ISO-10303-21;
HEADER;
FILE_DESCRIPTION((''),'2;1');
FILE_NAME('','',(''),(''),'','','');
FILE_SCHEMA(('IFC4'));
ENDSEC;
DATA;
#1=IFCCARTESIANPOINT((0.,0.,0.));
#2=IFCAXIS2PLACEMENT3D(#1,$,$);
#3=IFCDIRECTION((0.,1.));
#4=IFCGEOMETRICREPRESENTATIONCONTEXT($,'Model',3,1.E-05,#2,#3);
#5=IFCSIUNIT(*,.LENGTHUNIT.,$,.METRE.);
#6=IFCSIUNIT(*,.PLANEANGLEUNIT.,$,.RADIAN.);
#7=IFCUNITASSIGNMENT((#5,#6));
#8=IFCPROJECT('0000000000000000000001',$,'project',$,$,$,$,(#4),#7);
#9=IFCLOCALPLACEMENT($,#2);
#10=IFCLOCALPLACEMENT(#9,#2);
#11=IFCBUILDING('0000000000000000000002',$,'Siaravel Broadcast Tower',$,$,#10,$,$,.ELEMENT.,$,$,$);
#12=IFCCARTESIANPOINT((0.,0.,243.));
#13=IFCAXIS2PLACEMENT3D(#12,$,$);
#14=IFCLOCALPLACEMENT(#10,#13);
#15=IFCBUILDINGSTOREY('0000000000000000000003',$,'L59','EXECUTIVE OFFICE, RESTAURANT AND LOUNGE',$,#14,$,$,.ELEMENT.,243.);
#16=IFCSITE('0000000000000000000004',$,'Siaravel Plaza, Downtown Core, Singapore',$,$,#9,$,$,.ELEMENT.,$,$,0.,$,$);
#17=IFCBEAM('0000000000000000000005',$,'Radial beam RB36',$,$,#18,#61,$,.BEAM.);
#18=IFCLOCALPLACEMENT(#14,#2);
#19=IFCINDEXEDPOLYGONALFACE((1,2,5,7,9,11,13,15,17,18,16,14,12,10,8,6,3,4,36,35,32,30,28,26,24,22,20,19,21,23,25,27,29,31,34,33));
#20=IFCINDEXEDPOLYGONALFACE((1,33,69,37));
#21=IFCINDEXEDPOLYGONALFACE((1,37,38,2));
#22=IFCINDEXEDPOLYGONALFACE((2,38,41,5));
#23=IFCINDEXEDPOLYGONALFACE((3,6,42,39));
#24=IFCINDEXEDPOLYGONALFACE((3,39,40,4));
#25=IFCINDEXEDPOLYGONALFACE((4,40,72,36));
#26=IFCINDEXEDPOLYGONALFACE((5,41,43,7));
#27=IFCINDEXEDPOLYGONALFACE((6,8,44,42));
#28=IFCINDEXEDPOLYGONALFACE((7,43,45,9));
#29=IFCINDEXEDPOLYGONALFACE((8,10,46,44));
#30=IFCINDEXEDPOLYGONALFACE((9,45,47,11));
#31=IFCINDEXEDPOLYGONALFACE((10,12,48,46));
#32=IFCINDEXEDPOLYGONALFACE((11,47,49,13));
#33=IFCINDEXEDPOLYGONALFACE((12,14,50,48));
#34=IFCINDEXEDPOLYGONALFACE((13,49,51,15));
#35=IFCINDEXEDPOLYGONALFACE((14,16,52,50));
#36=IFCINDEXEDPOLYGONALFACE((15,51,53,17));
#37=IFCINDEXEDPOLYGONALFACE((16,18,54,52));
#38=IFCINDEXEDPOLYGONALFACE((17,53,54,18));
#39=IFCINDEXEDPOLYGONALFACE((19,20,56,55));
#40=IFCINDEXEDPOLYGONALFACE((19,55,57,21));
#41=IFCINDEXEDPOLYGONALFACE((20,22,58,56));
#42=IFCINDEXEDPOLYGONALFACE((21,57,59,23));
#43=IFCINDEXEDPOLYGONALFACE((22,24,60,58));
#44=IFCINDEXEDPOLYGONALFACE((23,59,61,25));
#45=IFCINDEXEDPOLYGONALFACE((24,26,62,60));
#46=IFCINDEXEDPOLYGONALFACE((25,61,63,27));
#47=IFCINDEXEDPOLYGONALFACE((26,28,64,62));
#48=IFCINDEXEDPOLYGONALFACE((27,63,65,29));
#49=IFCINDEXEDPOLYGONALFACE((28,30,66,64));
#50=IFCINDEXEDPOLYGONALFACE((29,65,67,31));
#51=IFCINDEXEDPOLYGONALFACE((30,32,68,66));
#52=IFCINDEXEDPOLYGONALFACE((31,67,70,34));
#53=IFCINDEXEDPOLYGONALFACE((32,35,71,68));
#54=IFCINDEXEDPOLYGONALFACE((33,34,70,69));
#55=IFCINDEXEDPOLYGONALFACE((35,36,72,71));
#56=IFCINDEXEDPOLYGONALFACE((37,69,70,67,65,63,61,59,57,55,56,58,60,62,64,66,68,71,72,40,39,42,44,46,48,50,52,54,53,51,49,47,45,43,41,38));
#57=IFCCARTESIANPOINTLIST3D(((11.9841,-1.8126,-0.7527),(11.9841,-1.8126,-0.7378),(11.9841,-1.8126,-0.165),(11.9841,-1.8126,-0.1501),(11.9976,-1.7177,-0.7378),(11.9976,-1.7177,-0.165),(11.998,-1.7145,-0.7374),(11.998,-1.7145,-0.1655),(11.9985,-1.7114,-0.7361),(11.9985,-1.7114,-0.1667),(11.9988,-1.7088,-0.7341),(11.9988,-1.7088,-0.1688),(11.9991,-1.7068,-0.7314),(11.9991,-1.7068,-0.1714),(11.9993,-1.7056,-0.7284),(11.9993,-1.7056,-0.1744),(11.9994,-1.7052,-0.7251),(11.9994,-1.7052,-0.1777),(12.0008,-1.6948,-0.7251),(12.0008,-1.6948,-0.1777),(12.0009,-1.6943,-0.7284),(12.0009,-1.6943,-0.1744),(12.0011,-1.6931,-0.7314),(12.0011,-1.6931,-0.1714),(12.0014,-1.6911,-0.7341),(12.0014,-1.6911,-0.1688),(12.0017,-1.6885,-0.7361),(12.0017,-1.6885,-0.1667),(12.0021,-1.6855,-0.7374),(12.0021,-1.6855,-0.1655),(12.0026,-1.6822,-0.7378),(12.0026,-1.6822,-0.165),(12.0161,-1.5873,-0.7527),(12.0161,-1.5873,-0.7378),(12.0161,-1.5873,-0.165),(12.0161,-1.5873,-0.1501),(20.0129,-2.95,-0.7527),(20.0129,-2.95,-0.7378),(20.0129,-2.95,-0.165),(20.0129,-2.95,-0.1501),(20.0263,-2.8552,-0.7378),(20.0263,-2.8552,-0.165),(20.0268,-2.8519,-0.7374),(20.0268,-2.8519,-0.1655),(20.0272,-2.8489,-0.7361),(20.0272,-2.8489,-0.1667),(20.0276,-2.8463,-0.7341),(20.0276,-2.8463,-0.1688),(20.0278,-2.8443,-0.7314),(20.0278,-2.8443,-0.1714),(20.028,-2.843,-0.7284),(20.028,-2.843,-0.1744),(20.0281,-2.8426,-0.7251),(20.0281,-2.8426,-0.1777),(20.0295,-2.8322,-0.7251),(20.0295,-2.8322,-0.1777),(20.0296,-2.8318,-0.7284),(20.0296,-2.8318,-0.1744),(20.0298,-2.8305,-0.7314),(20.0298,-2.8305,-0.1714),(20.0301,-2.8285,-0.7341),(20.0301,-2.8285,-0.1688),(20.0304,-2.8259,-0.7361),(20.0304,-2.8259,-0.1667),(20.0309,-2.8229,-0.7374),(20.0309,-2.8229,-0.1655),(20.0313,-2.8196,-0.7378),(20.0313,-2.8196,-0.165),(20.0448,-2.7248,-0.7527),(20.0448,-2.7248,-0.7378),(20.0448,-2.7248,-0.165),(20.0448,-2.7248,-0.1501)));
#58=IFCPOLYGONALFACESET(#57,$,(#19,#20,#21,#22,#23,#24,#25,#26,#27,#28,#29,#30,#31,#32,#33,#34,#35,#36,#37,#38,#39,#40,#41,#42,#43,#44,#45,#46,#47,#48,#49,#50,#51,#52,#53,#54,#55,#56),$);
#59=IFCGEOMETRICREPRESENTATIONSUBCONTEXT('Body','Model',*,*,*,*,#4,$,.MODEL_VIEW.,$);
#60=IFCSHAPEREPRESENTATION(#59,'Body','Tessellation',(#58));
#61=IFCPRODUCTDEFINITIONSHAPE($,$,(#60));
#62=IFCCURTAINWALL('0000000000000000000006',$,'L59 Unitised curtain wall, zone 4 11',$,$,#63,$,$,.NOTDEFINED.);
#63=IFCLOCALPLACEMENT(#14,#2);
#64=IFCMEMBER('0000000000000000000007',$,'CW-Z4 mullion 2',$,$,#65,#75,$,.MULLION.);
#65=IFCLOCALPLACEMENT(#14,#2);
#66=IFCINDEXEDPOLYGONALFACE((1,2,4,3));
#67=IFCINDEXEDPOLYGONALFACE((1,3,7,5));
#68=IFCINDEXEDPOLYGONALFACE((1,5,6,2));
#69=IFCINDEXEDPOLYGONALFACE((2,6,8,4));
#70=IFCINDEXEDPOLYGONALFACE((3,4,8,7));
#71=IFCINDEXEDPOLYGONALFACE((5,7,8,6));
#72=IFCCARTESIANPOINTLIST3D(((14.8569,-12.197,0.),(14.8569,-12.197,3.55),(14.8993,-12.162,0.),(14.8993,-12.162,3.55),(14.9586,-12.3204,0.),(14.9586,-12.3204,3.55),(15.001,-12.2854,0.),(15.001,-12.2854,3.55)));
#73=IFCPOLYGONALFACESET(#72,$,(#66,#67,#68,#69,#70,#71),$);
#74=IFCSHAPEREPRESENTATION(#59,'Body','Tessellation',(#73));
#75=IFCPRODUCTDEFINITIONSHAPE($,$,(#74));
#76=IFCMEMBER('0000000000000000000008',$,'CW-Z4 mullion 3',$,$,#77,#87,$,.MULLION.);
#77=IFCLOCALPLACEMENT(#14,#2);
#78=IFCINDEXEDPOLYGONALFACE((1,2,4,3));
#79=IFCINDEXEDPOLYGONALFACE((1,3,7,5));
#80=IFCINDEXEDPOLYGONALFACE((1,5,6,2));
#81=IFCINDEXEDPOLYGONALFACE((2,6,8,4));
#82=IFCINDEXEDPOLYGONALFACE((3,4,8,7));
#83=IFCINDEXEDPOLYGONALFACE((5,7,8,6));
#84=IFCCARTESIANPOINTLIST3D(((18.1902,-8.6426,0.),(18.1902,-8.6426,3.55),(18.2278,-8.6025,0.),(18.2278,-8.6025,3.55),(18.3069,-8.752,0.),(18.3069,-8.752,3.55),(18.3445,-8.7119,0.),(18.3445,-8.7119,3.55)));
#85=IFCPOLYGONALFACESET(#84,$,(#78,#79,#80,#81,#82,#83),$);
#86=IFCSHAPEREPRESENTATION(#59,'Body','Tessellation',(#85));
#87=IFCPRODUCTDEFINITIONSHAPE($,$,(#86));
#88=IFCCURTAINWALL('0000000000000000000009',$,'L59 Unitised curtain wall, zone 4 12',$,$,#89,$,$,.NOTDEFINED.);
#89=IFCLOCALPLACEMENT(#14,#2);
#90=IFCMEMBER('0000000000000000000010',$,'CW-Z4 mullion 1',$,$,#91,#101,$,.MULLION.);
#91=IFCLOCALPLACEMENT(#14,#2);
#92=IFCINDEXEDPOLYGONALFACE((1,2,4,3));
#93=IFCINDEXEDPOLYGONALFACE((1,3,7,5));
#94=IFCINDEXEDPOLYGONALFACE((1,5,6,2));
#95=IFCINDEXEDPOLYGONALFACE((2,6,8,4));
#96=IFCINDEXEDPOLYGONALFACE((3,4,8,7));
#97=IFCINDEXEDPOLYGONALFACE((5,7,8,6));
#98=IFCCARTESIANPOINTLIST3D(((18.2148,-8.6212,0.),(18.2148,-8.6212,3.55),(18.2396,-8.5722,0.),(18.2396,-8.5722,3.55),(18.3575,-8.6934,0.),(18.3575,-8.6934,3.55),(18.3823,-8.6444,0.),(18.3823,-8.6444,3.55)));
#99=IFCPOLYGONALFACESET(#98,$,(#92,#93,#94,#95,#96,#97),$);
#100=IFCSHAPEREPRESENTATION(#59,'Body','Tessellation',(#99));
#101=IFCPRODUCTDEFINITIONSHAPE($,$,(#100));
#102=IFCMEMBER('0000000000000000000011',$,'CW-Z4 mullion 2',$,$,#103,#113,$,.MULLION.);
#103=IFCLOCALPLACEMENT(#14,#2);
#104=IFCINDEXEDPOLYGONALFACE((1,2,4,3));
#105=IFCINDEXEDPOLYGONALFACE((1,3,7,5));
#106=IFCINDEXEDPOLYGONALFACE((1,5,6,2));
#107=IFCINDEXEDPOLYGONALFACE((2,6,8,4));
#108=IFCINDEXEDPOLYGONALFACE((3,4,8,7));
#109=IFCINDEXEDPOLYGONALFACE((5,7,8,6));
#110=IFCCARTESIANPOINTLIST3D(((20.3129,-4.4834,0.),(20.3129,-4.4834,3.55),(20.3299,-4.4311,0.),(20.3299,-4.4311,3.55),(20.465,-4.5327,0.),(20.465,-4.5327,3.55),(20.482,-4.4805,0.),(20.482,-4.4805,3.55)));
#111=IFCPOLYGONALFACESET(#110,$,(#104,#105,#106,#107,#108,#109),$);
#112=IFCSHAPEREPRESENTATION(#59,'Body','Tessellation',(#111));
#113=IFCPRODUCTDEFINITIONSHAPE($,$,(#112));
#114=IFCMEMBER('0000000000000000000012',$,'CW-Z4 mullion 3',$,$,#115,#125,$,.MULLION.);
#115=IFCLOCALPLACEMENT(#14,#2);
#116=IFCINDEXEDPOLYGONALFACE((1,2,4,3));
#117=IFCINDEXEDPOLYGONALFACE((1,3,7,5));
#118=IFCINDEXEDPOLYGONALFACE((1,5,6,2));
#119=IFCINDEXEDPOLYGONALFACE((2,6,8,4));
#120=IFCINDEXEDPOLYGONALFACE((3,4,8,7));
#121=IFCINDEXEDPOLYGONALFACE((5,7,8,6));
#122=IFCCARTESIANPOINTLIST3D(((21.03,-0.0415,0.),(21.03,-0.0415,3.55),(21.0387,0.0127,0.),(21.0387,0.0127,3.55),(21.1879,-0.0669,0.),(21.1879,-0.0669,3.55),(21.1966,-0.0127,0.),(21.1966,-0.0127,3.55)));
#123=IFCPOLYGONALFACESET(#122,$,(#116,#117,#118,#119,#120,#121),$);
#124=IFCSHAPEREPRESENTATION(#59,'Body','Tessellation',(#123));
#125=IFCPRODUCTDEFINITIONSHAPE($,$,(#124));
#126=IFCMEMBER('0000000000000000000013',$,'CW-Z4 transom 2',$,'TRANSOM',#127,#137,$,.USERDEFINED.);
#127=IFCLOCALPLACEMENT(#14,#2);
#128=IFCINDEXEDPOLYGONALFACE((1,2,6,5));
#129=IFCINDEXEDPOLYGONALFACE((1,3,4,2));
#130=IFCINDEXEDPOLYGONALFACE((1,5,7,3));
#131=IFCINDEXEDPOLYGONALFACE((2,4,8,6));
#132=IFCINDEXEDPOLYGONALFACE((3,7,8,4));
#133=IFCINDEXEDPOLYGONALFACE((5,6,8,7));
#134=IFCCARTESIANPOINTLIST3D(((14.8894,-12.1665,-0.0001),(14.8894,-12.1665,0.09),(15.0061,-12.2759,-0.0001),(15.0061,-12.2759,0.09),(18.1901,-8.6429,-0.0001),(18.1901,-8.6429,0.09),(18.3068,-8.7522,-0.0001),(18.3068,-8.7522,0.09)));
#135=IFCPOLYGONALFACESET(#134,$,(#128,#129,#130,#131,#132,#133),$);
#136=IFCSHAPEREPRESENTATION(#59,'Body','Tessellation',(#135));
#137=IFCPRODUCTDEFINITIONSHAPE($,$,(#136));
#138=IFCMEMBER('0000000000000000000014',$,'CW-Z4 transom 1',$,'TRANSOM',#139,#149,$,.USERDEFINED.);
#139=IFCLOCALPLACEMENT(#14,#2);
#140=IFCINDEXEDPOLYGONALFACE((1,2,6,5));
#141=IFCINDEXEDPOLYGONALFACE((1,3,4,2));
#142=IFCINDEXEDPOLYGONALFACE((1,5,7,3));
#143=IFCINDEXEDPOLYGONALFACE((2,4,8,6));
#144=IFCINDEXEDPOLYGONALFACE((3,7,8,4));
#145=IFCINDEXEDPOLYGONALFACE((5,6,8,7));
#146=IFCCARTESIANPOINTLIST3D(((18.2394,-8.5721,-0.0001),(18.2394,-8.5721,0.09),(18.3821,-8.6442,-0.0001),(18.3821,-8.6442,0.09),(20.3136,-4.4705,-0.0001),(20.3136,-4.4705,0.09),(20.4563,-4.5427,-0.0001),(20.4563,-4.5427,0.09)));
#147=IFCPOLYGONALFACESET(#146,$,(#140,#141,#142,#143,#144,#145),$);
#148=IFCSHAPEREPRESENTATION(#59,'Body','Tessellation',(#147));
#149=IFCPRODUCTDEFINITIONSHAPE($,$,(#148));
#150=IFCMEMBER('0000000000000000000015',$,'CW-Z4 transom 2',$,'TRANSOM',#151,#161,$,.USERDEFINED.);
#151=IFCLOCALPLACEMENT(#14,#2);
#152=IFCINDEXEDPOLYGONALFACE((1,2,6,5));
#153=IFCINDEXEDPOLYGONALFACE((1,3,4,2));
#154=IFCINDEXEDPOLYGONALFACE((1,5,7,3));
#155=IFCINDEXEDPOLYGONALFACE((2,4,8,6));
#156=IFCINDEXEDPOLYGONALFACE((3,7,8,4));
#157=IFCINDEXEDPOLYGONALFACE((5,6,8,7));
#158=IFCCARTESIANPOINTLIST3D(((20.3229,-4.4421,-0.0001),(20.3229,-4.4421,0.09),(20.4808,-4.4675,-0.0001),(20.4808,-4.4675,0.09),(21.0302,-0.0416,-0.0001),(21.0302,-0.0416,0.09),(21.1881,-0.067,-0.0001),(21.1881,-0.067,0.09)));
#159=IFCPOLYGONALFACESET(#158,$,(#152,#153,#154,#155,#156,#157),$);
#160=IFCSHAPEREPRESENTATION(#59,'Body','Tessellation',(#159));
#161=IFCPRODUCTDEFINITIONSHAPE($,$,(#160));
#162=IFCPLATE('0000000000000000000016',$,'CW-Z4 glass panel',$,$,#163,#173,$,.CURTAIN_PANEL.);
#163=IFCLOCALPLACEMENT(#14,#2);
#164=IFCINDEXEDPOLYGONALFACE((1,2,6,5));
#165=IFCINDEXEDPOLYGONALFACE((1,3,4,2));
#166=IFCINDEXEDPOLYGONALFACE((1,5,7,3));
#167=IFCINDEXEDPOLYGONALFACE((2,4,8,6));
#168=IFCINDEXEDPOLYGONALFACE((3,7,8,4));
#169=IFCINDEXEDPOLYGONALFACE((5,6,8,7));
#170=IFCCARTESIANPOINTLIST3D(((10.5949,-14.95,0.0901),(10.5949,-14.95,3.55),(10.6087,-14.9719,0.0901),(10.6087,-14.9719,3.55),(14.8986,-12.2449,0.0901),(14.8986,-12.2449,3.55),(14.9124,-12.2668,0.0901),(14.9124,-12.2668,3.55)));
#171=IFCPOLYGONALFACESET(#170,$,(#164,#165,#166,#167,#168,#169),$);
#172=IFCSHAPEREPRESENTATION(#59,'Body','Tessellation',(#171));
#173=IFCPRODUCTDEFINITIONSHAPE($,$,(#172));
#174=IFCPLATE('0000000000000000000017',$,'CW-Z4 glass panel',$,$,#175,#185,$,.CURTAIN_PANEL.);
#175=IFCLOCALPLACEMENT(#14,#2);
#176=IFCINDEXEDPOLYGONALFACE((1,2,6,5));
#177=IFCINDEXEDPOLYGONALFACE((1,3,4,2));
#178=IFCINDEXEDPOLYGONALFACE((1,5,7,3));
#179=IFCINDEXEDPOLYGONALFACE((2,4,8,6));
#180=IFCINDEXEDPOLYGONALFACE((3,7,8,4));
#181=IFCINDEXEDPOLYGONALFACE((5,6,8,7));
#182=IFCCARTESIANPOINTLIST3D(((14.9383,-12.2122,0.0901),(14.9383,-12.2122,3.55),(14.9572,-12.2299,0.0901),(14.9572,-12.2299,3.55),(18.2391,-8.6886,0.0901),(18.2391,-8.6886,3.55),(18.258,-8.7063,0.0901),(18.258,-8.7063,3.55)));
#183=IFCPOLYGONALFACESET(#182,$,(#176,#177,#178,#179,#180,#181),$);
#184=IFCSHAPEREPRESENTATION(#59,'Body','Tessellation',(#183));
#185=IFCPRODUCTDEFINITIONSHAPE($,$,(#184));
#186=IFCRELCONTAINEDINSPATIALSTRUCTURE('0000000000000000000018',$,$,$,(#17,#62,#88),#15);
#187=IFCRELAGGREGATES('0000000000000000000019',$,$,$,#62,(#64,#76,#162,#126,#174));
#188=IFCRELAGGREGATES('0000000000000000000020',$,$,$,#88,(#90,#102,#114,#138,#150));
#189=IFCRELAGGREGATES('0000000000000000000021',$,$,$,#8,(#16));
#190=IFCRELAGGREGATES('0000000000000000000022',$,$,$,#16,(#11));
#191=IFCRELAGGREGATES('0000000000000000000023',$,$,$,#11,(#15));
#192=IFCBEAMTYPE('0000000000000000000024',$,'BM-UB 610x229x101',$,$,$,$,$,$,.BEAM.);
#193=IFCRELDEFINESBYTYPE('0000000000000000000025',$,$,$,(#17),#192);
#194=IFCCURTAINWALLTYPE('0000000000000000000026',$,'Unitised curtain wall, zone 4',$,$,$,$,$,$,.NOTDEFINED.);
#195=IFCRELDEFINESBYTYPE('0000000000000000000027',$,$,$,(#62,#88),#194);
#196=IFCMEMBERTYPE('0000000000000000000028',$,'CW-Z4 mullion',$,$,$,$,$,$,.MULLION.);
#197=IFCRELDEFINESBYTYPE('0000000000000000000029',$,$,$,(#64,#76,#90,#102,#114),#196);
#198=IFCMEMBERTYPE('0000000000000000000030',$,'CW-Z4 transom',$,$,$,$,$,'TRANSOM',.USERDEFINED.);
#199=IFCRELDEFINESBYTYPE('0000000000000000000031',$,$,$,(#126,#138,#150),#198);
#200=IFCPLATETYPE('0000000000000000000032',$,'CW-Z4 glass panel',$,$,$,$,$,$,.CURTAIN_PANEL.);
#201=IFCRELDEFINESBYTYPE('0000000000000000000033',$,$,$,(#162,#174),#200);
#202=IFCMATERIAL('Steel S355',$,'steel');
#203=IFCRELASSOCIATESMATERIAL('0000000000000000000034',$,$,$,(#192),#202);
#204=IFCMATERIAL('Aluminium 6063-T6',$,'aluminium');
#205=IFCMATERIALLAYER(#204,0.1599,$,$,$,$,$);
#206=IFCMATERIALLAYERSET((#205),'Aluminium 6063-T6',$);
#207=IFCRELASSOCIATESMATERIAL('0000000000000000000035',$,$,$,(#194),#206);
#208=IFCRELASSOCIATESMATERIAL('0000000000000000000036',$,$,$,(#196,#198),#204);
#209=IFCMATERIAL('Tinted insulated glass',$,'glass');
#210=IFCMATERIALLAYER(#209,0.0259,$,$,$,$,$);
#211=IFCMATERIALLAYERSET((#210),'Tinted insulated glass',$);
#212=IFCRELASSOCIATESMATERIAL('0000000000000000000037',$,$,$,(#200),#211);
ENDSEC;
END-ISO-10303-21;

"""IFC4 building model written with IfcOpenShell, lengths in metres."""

from ifc_helpers import new_model, si_unit, direction, frame, origin, origin_2d, place, context, subcontext, project, spatial, rectangle, i_section, extrude, material, layer, layer_set, material_profile, profile_set, type_object, element, aggregate, save


model = new_model("IFC4")

# Units and contexts
model_context = context("Model", 3, precision=1e-05, world=origin(), true_north=direction((0.0, 1.0)))
body_context = subcontext(model_context, "Body", "Model", "MODEL_VIEW")
ifc_project = project(units=[si_unit("LENGTHUNIT", "METRE"), si_unit("PLANEANGLEUNIT", "RADIAN")], contexts=[model_context])

# Site, building, storey
site_placement = place(None, origin())
site = spatial("IfcSite", under=ifc_project, at=site_placement, Name="Siaravel Plaza, Downtown Core, Singapore", CompositionType="ELEMENT", RefElevation=0.0)
building_placement = place(site_placement, origin())
building = spatial("IfcBuilding", under=site, at=building_placement, Name="Siaravel Broadcast Tower", CompositionType="ELEMENT")
storey_placement = place(building_placement, frame((0.0, 0.0, 243.0)))
storey = spatial("IfcBuildingStorey", under=building, at=storey_placement, Name="L59", Description="EXECUTIVE OFFICE, RESTAURANT AND LOUNGE", CompositionType="ELEMENT", Elevation=243.0)

# Beam
ifc_material_1 = material(Name="Steel S355", Category="steel")
ifc_material_profile_1 = material_profile(ifc_material_1, i_section(OverallWidth=0.2275, OverallDepth=0.6025, WebThickness=0.0105, FlangeThickness=0.0149, FilletRadius=0.0127, at=origin_2d()))
ifc_profile_set_1 = profile_set([ifc_material_profile_1], Name="Steel S355")
beam_type = type_object("IfcBeamType", Name="BM-UB 610x229x101", PredefinedType="BEAM", material=ifc_profile_set_1)
beam_1_placement = place(storey_placement, frame((20.0288, -2.8374, -0.4514), z_axis=(-0.990113, 0.140271, 0.0), x_axis=(-0.140271, -0.990113, 0.0)))
element("IfcBeam", 1, at=beam_1_placement, inside=storey, type_object=beam_type, Name="Radial beam RB36", PredefinedType="BEAM", context=body_context, shape_type="SweptSolid", body=[
    extrude(i_section(OverallWidth=0.2275, OverallDepth=0.6025, WebThickness=0.0105, FlangeThickness=0.0149, FilletRadius=0.0127, at=origin_2d()), origin(), (0.0, 0.0, 1.0), 8.1089),
])

# Curtain walls, members
ifc_material_2 = material(Name="Aluminium 6063-T6", Category="aluminium")
ifc_layer_1 = layer(ifc_material_2, 0.1599)
ifc_layer_set_1 = layer_set([ifc_layer_1], Name="Aluminium 6063-T6")
curtain_wall_type = type_object("IfcCurtainWallType", Name="Unitised curtain wall, zone 4", PredefinedType="NOTDEFINED", material=ifc_layer_set_1)
curtain_wall_1_placement = place(storey_placement, origin())
curtain_wall_1 = element("IfcCurtainWall", 2, at=curtain_wall_1_placement, inside=storey, type_object=curtain_wall_type, Name="L59 Unitised curtain wall, zone 4 11", PredefinedType="NOTDEFINED")
ifc_material_profile_2 = material_profile(ifc_material_2, rectangle(XDim=0.1599, YDim=0.0549, at=origin_2d()))
ifc_profile_set_2 = profile_set([ifc_material_profile_2], Name="Aluminium 6063-T6")
member_type_1 = type_object("IfcMemberType", Name="CW-Z4 mullion", PredefinedType="MULLION", material=ifc_profile_set_2)
member_1_placement = place(storey_placement, frame((14.929, -12.2412, 0.0), z_axis=(0.0, 0.0, 1.0), x_axis=(-0.63622, 0.771508, 0.0)))
member_1 = element("IfcMember", 3, at=member_1_placement, type_object=member_type_1, Name="CW-Z4 mullion 2", PredefinedType="MULLION", context=body_context, shape_type="SweptSolid", body=[
    extrude(rectangle(XDim=0.1599, YDim=0.0549, at=origin_2d()), origin(), (0.0, 0.0, 1.0), 3.55),
])
member_2_placement = place(storey_placement, frame((18.2673, -8.6772, 0.0), z_axis=(0.0, 0.0, 1.0), x_axis=(-0.729807, 0.683654, 0.0)))
member_2 = element("IfcMember", 4, at=member_2_placement, type_object=member_type_1, Name="CW-Z4 mullion 3", PredefinedType="MULLION", context=body_context, shape_type="SweptSolid", body=[
    extrude(rectangle(XDim=0.1599, YDim=0.0549, at=origin_2d()), origin(), (0.0, 0.0, 1.0), 3.55),
])
curtain_wall_2_placement = place(storey_placement, origin())
curtain_wall_2 = element("IfcCurtainWall", 5, at=curtain_wall_2_placement, inside=storey, type_object=curtain_wall_type, Name="L59 Unitised curtain wall, zone 4 12", PredefinedType="NOTDEFINED")
member_3_placement = place(storey_placement, frame((18.2986, -8.6328, 0.0), z_axis=(0.0, 0.0, 1.0), x_axis=(-0.892393, 0.451259, 0.0)))
member_3 = element("IfcMember", 6, at=member_3_placement, type_object=member_type_1, Name="CW-Z4 mullion 1", PredefinedType="MULLION", context=body_context, shape_type="SweptSolid", body=[
    extrude(rectangle(XDim=0.1599, YDim=0.0549, at=origin_2d()), origin(), (0.0, 0.0, 1.0), 3.55),
])
member_4_placement = place(storey_placement, frame((20.3975, -4.4819, 0.0), z_axis=(0.0, 0.0, 1.0), x_axis=(-0.951178, 0.308644, 0.0)))
member_4 = element("IfcMember", 7, at=member_4_placement, type_object=member_type_1, Name="CW-Z4 mullion 2", PredefinedType="MULLION", context=body_context, shape_type="SweptSolid", body=[
    extrude(rectangle(XDim=0.1599, YDim=0.0549, at=origin_2d()), origin(), (0.0, 0.0, 1.0), 3.55),
])
member_5_placement = place(storey_placement, frame((21.1133, -0.0271, 0.0), z_axis=(0.0, 0.0, 1.0), x_axis=(-0.987329, 0.158685, 0.0)))
member_5 = element("IfcMember", 8, at=member_5_placement, type_object=member_type_1, Name="CW-Z4 mullion 3", PredefinedType="MULLION", context=body_context, shape_type="SweptSolid", body=[
    extrude(rectangle(XDim=0.1599, YDim=0.0549, at=origin_2d()), origin(), (0.0, 0.0, 1.0), 3.55),
])

# Members
ifc_material_profile_3 = material_profile(ifc_material_2, rectangle(XDim=0.1599, YDim=0.0901, at=origin_2d()))
ifc_profile_set_3 = profile_set([ifc_material_profile_3], Name="Aluminium 6063-T6")
member_type_2 = type_object("IfcMemberType", Name="CW-Z4 transom", ElementType="TRANSOM", PredefinedType="USERDEFINED", material=ifc_profile_set_3)
member_6_placement = place(storey_placement, frame((14.9478, -12.2212, 0.0449), z_axis=(0.683647, 0.729813, 0.0), x_axis=(-0.729813, 0.683647, 0.0)))
member_6 = element("IfcMember", 9, at=member_6_placement, type_object=member_type_2, Name="CW-Z4 transom 2", ObjectType="TRANSOM", PredefinedType="USERDEFINED", context=body_context, shape_type="SweptSolid", body=[
    extrude(rectangle(XDim=0.1599, YDim=0.0901, at=origin_2d()), origin(), (0.0, 0.0, 1.0), 4.8281),
])
member_7_placement = place(storey_placement, frame((18.3108, -8.6082, 0.0449), z_axis=(0.451288, 0.892378, 0.0), x_axis=(-0.892378, 0.451288, 0.0)))
member_7 = element("IfcMember", 10, at=member_7_placement, type_object=member_type_2, Name="CW-Z4 transom 1", ObjectType="TRANSOM", PredefinedType="USERDEFINED", context=body_context, shape_type="SweptSolid", body=[
    extrude(rectangle(XDim=0.1599, YDim=0.0901, at=origin_2d()), origin(), (0.0, 0.0, 1.0), 4.5962),
])
member_8_placement = place(storey_placement, frame((20.4019, -4.4548, 0.0449), z_axis=(0.158685, 0.987329, 0.0), x_axis=(-0.987329, 0.158685, 0.0)))
member_8 = element("IfcMember", 11, at=member_8_placement, type_object=member_type_2, Name="CW-Z4 transom 2", ObjectType="TRANSOM", PredefinedType="USERDEFINED", context=body_context, shape_type="SweptSolid", body=[
    extrude(rectangle(XDim=0.1599, YDim=0.0901, at=origin_2d()), origin(), (0.0, 0.0, 1.0), 4.457),
])

# Plates
ifc_material_3 = material(Name="Tinted insulated glass", Category="glass")
ifc_layer_2 = layer(ifc_material_3, 0.0259)
ifc_layer_set_2 = layer_set([ifc_layer_2], Name="Tinted insulated glass")
plate_type = type_object("IfcPlateType", Name="CW-Z4 glass panel", PredefinedType="CURTAIN_PANEL", material=ifc_layer_set_2)
plate_1_placement = place(storey_placement, frame((12.7537, -13.6084, 0.0901), z_axis=(0.0, 0.0, 1.0), x_axis=(0.84665, 0.53215, 0.0)))
plate_1 = element("IfcPlate", 12, at=plate_1_placement, type_object=plate_type, Name="CW-Z4 glass panel", PredefinedType="CURTAIN_PANEL", context=body_context, shape_type="SweptSolid", body=[
    extrude(rectangle(XDim=5.0833, YDim=0.0259, at=origin_2d()), origin(), (0.0, 0.0, 1.0), 3.46),
])
plate_2_placement = place(storey_placement, frame((16.5981, -10.4592, 0.0901), z_axis=(0.0, 0.0, 1.0), x_axis=(0.683654, 0.729807, 0.0)))
plate_2 = element("IfcPlate", 13, at=plate_2_placement, type_object=plate_type, Name="CW-Z4 glass panel", PredefinedType="CURTAIN_PANEL", context=body_context, shape_type="SweptSolid", body=[
    extrude(rectangle(XDim=4.8281, YDim=0.0259, at=origin_2d()), origin(), (0.0, 0.0, 1.0), 3.46),
])
aggregate(curtain_wall_1, [member_1, member_2, plate_1, member_6, plate_2])
aggregate(curtain_wall_2, [member_3, member_4, member_5, member_7, member_8])

save(model, "model.ifc")
